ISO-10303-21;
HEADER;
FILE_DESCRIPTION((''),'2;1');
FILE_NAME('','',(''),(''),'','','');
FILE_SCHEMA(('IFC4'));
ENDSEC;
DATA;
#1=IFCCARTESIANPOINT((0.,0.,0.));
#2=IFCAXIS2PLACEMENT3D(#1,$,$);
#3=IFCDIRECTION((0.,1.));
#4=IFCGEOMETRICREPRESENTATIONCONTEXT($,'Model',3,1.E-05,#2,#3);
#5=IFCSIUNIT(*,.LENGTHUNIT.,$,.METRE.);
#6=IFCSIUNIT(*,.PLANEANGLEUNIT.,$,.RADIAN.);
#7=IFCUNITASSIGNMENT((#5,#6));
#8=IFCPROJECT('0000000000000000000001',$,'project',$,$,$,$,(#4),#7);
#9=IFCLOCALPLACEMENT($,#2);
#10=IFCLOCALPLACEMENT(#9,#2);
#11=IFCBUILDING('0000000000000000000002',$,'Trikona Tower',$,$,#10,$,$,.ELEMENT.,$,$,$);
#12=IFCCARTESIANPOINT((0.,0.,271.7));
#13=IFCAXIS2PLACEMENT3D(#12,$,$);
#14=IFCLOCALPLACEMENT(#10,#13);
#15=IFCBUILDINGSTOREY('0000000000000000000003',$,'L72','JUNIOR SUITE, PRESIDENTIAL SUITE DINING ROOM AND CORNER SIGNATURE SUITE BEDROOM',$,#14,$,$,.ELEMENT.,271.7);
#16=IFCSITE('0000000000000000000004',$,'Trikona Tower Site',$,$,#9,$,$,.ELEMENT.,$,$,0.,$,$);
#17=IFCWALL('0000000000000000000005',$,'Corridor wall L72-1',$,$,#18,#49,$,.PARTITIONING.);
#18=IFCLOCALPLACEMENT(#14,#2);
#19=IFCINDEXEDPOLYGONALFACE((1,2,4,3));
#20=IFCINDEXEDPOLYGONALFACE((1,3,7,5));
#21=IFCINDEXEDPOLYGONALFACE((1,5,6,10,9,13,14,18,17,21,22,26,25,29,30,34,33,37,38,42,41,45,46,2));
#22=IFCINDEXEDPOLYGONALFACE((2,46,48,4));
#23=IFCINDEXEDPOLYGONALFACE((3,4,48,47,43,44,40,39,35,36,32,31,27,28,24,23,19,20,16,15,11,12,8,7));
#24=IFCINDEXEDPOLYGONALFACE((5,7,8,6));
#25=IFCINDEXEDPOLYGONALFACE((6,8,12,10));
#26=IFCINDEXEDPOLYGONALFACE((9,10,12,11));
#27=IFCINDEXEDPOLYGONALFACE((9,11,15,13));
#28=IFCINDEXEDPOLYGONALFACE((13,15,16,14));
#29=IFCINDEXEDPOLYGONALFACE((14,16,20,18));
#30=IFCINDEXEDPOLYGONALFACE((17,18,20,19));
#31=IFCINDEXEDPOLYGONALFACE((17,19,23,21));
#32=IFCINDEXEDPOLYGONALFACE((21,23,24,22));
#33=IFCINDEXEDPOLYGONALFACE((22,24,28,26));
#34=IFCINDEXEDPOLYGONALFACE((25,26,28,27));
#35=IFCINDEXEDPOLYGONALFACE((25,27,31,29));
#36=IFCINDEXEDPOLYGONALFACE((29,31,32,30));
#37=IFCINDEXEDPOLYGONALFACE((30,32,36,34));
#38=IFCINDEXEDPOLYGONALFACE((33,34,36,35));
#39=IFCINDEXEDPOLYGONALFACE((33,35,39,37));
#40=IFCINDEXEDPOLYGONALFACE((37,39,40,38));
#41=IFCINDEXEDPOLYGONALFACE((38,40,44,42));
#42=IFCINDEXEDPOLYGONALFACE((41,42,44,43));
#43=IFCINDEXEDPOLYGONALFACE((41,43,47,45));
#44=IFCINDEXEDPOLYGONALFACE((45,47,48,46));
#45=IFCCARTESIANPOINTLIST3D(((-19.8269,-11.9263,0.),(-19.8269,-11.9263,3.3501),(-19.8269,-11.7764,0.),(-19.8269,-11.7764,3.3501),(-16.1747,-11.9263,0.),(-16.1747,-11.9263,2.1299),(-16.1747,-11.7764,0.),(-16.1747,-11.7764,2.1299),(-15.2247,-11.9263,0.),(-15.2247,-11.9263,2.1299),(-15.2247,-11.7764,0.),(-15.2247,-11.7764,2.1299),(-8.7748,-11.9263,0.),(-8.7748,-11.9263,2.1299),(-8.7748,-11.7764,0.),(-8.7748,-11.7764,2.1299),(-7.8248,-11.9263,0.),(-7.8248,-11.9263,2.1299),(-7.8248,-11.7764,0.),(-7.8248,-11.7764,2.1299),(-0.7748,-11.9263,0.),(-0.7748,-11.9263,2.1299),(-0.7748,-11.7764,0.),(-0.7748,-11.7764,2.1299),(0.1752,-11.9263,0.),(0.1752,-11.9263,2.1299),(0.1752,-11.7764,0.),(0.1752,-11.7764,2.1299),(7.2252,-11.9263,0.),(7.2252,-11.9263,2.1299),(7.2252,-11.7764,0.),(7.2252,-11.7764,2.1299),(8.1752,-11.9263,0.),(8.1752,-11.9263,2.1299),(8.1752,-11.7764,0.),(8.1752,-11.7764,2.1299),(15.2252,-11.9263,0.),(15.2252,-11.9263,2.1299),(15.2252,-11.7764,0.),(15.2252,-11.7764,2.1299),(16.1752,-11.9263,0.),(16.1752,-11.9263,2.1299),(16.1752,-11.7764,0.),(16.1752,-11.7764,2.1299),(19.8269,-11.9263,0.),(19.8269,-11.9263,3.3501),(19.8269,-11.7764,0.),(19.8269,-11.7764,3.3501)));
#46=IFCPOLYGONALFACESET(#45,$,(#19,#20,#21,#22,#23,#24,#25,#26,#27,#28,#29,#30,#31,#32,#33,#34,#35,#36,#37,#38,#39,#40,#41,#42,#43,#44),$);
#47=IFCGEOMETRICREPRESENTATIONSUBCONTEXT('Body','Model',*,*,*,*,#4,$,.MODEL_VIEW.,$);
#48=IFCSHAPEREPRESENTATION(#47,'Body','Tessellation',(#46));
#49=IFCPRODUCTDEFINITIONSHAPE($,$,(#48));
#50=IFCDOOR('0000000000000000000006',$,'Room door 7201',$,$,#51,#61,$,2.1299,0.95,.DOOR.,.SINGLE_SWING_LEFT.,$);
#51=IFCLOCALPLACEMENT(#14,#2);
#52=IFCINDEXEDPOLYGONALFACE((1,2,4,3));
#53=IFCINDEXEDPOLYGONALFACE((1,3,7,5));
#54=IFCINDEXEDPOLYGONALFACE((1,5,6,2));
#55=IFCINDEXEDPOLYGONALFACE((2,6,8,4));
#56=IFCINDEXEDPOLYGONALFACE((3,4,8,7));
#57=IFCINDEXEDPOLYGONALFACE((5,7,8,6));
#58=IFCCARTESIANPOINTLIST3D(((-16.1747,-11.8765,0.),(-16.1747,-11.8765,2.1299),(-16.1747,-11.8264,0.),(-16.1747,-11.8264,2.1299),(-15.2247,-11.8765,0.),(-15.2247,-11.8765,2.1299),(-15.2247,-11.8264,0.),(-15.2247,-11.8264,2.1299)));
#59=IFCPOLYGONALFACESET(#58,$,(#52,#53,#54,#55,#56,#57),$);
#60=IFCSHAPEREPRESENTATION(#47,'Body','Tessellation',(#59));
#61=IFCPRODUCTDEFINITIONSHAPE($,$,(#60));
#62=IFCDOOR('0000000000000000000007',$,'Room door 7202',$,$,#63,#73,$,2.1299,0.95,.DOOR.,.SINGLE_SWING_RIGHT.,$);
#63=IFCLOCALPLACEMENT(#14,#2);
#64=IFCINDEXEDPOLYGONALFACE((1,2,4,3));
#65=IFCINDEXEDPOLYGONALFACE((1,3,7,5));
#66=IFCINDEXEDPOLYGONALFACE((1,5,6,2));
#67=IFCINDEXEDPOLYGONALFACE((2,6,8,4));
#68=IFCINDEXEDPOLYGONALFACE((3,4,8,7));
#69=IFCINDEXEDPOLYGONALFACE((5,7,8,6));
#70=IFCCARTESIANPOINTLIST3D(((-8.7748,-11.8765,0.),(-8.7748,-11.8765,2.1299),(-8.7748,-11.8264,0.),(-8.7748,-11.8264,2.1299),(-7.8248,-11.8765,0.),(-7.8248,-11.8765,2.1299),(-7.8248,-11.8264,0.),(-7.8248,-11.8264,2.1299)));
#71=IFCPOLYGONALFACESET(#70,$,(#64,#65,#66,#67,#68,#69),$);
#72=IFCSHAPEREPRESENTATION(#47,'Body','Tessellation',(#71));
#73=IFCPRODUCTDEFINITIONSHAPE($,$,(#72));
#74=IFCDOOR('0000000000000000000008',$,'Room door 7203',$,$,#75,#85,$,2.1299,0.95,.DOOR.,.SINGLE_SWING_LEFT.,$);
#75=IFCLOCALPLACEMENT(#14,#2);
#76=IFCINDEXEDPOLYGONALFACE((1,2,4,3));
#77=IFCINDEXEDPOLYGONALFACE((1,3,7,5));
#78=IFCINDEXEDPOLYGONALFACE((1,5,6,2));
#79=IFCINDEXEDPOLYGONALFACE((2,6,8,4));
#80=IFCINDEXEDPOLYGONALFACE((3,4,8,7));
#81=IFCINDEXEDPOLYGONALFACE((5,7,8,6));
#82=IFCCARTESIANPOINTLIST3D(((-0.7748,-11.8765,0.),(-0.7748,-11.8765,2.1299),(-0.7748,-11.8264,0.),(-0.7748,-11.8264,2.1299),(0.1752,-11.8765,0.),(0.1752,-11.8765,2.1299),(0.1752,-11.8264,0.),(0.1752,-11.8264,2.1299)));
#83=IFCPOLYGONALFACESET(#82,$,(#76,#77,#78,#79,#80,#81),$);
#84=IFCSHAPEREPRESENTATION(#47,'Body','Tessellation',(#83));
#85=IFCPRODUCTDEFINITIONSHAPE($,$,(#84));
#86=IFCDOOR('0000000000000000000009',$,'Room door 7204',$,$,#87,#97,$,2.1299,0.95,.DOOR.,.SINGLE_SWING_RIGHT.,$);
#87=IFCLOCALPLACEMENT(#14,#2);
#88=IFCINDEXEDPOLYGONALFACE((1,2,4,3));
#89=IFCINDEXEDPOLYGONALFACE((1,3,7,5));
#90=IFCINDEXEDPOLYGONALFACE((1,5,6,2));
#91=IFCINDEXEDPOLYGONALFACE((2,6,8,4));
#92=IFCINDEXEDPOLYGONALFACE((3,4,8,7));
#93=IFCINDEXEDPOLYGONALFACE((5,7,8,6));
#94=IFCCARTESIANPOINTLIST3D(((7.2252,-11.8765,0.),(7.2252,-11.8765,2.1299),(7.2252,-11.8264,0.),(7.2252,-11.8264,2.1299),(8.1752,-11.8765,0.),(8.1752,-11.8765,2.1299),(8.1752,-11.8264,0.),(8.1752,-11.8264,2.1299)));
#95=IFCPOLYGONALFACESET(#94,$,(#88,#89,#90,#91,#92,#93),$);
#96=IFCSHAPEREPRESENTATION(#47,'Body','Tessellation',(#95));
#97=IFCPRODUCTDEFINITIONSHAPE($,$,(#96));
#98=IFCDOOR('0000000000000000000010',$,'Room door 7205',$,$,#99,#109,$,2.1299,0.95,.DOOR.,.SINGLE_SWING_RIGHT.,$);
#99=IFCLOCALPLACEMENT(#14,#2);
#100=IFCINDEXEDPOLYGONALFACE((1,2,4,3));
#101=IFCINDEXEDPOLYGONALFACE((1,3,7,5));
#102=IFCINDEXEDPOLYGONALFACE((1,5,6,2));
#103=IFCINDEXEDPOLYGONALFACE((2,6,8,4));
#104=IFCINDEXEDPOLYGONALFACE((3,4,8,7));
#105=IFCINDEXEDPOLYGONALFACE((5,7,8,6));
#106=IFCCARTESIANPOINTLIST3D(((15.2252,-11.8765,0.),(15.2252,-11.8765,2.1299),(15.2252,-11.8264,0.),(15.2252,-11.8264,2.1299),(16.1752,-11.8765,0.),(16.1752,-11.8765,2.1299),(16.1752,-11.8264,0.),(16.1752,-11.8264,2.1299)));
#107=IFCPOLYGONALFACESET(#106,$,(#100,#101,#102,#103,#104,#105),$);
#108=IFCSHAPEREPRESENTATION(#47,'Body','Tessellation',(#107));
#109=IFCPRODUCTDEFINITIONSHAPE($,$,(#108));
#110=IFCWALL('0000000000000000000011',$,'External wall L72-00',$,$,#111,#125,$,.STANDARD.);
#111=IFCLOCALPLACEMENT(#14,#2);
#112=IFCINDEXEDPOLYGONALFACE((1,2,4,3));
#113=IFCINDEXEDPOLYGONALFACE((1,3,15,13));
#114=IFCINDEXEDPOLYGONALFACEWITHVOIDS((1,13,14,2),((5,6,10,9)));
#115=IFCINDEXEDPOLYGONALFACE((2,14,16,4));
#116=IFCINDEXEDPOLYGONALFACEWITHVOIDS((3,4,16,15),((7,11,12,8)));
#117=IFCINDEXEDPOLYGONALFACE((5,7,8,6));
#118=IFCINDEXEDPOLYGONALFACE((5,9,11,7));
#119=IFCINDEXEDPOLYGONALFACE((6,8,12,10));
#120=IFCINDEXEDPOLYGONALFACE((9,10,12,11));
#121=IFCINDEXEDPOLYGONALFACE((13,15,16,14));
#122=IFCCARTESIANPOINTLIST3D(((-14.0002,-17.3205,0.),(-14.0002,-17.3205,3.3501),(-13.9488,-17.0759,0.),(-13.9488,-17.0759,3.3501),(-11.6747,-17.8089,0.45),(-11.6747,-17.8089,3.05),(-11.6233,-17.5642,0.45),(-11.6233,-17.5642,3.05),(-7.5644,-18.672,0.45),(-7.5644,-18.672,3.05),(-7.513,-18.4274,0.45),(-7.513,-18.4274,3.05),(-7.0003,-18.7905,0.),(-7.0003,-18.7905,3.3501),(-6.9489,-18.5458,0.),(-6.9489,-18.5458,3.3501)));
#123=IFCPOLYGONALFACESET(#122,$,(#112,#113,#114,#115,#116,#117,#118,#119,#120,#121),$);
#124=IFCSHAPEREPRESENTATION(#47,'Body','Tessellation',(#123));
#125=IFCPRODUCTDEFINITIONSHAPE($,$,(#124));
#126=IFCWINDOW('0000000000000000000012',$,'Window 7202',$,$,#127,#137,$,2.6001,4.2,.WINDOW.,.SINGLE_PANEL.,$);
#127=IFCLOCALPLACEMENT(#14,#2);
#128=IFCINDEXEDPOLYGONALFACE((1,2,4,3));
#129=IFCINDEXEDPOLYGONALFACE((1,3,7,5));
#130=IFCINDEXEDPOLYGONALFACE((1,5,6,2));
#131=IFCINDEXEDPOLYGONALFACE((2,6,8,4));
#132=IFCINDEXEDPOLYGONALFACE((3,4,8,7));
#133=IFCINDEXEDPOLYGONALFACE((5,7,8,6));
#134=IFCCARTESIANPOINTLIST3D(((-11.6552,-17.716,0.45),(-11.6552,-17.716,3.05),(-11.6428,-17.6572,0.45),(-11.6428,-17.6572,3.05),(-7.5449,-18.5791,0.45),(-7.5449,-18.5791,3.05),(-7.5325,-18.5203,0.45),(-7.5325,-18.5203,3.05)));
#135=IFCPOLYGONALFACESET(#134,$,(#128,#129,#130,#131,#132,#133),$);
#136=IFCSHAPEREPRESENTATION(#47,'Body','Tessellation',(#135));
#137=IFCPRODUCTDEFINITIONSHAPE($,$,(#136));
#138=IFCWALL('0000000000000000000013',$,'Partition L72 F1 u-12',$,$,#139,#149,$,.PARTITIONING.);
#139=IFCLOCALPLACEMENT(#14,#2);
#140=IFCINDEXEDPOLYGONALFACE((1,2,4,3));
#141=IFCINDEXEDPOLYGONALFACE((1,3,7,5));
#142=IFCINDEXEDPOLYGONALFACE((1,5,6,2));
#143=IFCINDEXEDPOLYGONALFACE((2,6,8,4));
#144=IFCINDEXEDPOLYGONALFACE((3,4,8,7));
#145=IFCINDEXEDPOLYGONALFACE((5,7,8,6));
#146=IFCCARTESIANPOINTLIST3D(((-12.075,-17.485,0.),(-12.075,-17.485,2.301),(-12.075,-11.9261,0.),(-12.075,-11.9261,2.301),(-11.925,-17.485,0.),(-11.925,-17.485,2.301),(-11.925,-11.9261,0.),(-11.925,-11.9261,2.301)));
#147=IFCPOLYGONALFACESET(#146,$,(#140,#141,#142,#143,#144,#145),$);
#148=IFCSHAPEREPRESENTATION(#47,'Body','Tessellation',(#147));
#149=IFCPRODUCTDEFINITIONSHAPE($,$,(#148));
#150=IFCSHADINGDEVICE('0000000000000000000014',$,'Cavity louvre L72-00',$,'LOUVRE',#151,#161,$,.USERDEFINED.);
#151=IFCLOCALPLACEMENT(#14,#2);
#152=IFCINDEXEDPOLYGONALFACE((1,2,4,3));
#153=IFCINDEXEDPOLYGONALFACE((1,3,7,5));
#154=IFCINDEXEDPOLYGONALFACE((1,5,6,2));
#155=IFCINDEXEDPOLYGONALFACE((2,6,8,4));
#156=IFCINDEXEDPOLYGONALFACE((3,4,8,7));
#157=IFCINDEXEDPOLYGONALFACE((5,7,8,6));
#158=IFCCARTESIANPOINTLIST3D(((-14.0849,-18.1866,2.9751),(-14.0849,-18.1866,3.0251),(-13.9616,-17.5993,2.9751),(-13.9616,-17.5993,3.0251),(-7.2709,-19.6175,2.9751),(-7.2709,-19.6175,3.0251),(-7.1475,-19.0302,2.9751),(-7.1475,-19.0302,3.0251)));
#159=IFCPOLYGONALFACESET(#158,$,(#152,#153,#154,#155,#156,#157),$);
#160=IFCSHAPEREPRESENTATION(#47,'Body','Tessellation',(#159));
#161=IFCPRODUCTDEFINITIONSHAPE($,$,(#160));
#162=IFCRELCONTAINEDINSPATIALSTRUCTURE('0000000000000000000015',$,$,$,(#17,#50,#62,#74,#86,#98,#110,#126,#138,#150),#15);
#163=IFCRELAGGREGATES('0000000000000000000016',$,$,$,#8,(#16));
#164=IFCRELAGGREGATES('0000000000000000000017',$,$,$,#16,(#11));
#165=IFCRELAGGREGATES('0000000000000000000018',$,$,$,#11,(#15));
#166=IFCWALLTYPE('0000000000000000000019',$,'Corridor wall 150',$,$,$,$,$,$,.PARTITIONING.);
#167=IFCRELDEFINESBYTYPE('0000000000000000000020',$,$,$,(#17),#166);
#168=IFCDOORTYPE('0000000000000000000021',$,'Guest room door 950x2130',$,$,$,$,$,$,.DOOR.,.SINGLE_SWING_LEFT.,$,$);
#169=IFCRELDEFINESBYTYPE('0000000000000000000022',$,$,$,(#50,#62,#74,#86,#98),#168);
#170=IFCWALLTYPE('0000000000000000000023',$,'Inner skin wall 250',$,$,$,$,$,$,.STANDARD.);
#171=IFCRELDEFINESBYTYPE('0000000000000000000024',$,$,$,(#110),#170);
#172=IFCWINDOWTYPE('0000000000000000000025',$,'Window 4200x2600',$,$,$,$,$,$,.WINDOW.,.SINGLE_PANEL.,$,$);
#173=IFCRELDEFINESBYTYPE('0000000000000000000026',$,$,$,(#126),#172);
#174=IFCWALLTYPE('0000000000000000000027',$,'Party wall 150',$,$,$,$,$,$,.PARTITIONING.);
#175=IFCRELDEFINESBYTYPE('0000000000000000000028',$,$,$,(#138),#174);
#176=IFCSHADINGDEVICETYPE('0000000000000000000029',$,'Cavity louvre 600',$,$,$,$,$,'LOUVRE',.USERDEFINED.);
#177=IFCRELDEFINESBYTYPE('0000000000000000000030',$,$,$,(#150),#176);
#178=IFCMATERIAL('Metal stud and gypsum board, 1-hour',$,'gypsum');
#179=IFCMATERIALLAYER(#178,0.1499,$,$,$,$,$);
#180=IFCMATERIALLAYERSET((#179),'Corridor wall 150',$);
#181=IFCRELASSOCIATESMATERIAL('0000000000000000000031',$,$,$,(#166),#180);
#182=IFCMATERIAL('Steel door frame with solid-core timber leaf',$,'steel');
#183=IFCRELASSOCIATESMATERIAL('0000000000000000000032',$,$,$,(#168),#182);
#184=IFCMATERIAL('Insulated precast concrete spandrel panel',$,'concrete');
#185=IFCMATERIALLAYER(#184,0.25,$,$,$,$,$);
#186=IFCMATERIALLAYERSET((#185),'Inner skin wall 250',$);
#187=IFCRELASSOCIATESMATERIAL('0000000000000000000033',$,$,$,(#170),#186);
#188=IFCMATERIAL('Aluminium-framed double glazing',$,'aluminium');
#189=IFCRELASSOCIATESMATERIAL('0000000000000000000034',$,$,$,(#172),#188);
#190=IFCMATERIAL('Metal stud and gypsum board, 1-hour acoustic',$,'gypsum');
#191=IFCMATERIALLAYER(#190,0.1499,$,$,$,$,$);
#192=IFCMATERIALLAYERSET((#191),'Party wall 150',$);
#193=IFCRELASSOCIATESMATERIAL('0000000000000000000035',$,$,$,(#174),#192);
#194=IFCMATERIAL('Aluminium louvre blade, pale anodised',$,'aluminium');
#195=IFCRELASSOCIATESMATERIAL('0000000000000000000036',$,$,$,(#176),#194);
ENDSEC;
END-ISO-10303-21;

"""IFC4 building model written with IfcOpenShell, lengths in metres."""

from ifc_helpers import new_model, si_unit, direction, frame, frame_2d, origin, origin_2d, place, context, subcontext, project, spatial, rectangle, extrude, material, layer, layer_set, type_object, element, fill, save


model = new_model("IFC4")

# Units and contexts
model_context = context("Model", 3, precision=1e-05, world=origin(), true_north=direction((0.0, 1.0)))
body_context = subcontext(model_context, "Body", "Model", "MODEL_VIEW")
ifc_project = project(units=[si_unit("LENGTHUNIT", "METRE"), si_unit("PLANEANGLEUNIT", "RADIAN")], contexts=[model_context])

# Site, building, storey
site_placement = place(None, origin())
site = spatial("IfcSite", under=ifc_project, at=site_placement, Name="Trikona Tower Site", CompositionType="ELEMENT", RefElevation=0.0)
building_placement = place(site_placement, origin())
building = spatial("IfcBuilding", under=site, at=building_placement, Name="Trikona Tower", CompositionType="ELEMENT")
storey_placement = place(building_placement, frame((0.0, 0.0, 271.7)))
storey = spatial("IfcBuildingStorey", under=building, at=storey_placement, Name="L72", Description="JUNIOR SUITE, PRESIDENTIAL SUITE DINING ROOM AND CORNER SIGNATURE SUITE BEDROOM", CompositionType="ELEMENT", Elevation=271.7)

# Wall, openings, doors
ifc_material_1 = material(Name="Metal stud and gypsum board, 1-hour", Category="gypsum")
ifc_layer_1 = layer(ifc_material_1, 0.1499)
ifc_layer_set_1 = layer_set([ifc_layer_1], Name="Corridor wall 150")
wall_type_1 = type_object("IfcWallType", Name="Corridor wall 150", PredefinedType="PARTITIONING", material=ifc_layer_set_1)
wall_1_placement = place(storey_placement, frame((-19.8269, -11.8513, 0.0), z_axis=(0.0, 0.0, 1.0), x_axis=(1.0, 0.0, 0.0)))
wall_1 = element("IfcWall", 1, at=wall_1_placement, inside=storey, type_object=wall_type_1, Name="Corridor wall L72-1", PredefinedType="PARTITIONING", context=body_context, shape_type="SweptSolid", body=[
    extrude(rectangle(XDim=39.6538, YDim=0.1499, at=frame_2d((19.8269, 0.0))), origin(), (0.0, 0.0, 1.0), 3.3501),
])
opening_1_placement = place(wall_1_placement, frame((3.6521, 0.0, 0.0)))
opening_1 = element("IfcOpeningElement", 2, at=opening_1_placement, cuts=wall_1, PredefinedType="OPENING", context=body_context, shape_type="SweptSolid", body=[
    extrude(rectangle(XDim=0.95, YDim=2.1299, at=frame_2d((0.4751, 1.0649))), frame((0.0, 0.085, 0.0), z_axis=(0.0, -1.0, 0.0), x_axis=(1.0, 0.0, 0.0)), (0.0, 0.0, 1.0), 0.1699),
])
opening_2_placement = place(wall_1_placement, frame((11.052, 0.0, 0.0)))
opening_2 = element("IfcOpeningElement", 3, at=opening_2_placement, cuts=wall_1, PredefinedType="OPENING", context=body_context, shape_type="SweptSolid", body=[
    extrude(rectangle(XDim=0.95, YDim=2.1299, at=frame_2d((0.4751, 1.0649))), frame((0.0, 0.085, 0.0), z_axis=(0.0, -1.0, 0.0), x_axis=(1.0, 0.0, 0.0)), (0.0, 0.0, 1.0), 0.1699),
])
opening_3_placement = place(wall_1_placement, frame((19.052, 0.0, 0.0)))
opening_3 = element("IfcOpeningElement", 4, at=opening_3_placement, cuts=wall_1, PredefinedType="OPENING", context=body_context, shape_type="SweptSolid", body=[
    extrude(rectangle(XDim=0.95, YDim=2.1299, at=frame_2d((0.4751, 1.0649))), frame((0.0, 0.085, 0.0), z_axis=(0.0, -1.0, 0.0), x_axis=(1.0, 0.0, 0.0)), (0.0, 0.0, 1.0), 0.1699),
])
opening_4_placement = place(wall_1_placement, frame((27.052, 0.0, 0.0)))
opening_4 = element("IfcOpeningElement", 5, at=opening_4_placement, cuts=wall_1, PredefinedType="OPENING", context=body_context, shape_type="SweptSolid", body=[
    extrude(rectangle(XDim=0.95, YDim=2.1299, at=frame_2d((0.4751, 1.0649))), frame((0.0, 0.085, 0.0), z_axis=(0.0, -1.0, 0.0), x_axis=(1.0, 0.0, 0.0)), (0.0, 0.0, 1.0), 0.1699),
])
opening_5_placement = place(wall_1_placement, frame((35.052, 0.0, 0.0)))
opening_5 = element("IfcOpeningElement", 6, at=opening_5_placement, cuts=wall_1, PredefinedType="OPENING", context=body_context, shape_type="SweptSolid", body=[
    extrude(rectangle(XDim=0.95, YDim=2.1299, at=frame_2d((0.4751, 1.0649))), frame((0.0, 0.085, 0.0), z_axis=(0.0, -1.0, 0.0), x_axis=(1.0, 0.0, 0.0)), (0.0, 0.0, 1.0), 0.1699),
])
ifc_material_2 = material(Name="Steel door frame with solid-core timber leaf", Category="steel")
door_type_1 = type_object("IfcDoorType", Name="Guest room door 950x2130", OperationType="SINGLE_SWING_LEFT", PredefinedType="DOOR", material=ifc_material_2)
door_1_placement = place(opening_1_placement, origin())
door_1 = element("IfcDoor", 7, at=door_1_placement, inside=storey, type_object=door_type_1, Name="Room door 7201", OperationType="SINGLE_SWING_LEFT", OverallHeight=2.1299, OverallWidth=0.95, PredefinedType="DOOR", context=body_context, shape_type="SweptSolid", body=[
    extrude(rectangle(XDim=0.95, YDim=2.1299, at=frame_2d((0.4751, 1.0649))), frame((0.0, 0.0249, 0.0), z_axis=(0.0, -1.0, 0.0), x_axis=(1.0, 0.0, 0.0)), (0.0, 0.0, 1.0), 0.05),
])
fill(opening_1, door_1)
door_2_placement = place(opening_2_placement, origin())
door_2 = element("IfcDoor", 8, at=door_2_placement, inside=storey, type_object=door_type_1, Name="Room door 7202", OperationType="SINGLE_SWING_RIGHT", OverallHeight=2.1299, OverallWidth=0.95, PredefinedType="DOOR", context=body_context, shape_type="SweptSolid", body=[
    extrude(rectangle(XDim=0.95, YDim=2.1299, at=frame_2d((0.4751, 1.0649))), frame((0.0, 0.0249, 0.0), z_axis=(0.0, -1.0, 0.0), x_axis=(1.0, 0.0, 0.0)), (0.0, 0.0, 1.0), 0.05),
])
fill(opening_2, door_2)
door_3_placement = place(opening_3_placement, origin())
door_3 = element("IfcDoor", 9, at=door_3_placement, inside=storey, type_object=door_type_1, Name="Room door 7203", OperationType="SINGLE_SWING_LEFT", OverallHeight=2.1299, OverallWidth=0.95, PredefinedType="DOOR", context=body_context, shape_type="SweptSolid", body=[
    extrude(rectangle(XDim=0.95, YDim=2.1299, at=frame_2d((0.4751, 1.0649))), frame((0.0, 0.0249, 0.0), z_axis=(0.0, -1.0, 0.0), x_axis=(1.0, 0.0, 0.0)), (0.0, 0.0, 1.0), 0.05),
])
fill(opening_3, door_3)
door_4_placement = place(opening_4_placement, origin())
door_4 = element("IfcDoor", 10, at=door_4_placement, inside=storey, type_object=door_type_1, Name="Room door 7204", OperationType="SINGLE_SWING_RIGHT", OverallHeight=2.1299, OverallWidth=0.95, PredefinedType="DOOR", context=body_context, shape_type="SweptSolid", body=[
    extrude(rectangle(XDim=0.95, YDim=2.1299, at=frame_2d((0.4751, 1.0649))), frame((0.0, 0.0249, 0.0), z_axis=(0.0, -1.0, 0.0), x_axis=(1.0, 0.0, 0.0)), (0.0, 0.0, 1.0), 0.05),
])
fill(opening_4, door_4)
door_5_placement = place(opening_5_placement, origin())
door_5 = element("IfcDoor", 11, at=door_5_placement, inside=storey, type_object=door_type_1, Name="Room door 7205", OperationType="SINGLE_SWING_RIGHT", OverallHeight=2.1299, OverallWidth=0.95, PredefinedType="DOOR", context=body_context, shape_type="SweptSolid", body=[
    extrude(rectangle(XDim=0.95, YDim=2.1299, at=frame_2d((0.4751, 1.0649))), frame((0.0, 0.0249, 0.0), z_axis=(0.0, -1.0, 0.0), x_axis=(1.0, 0.0, 0.0)), (0.0, 0.0, 1.0), 0.05),
])
fill(opening_5, door_5)

# Wall, opening, window
ifc_material_3 = material(Name="Insulated precast concrete spandrel panel", Category="concrete")
ifc_layer_2 = layer(ifc_material_3, 0.25)
ifc_layer_set_2 = layer_set([ifc_layer_2], Name="Inner skin wall 250")
wall_type_2 = type_object("IfcWallType", Name="Inner skin wall 250", PredefinedType="STANDARD", material=ifc_layer_set_2)
wall_2_placement = place(storey_placement, frame((-13.9744, -17.1982, 0.0), z_axis=(0.0, 0.0, 1.0), x_axis=(0.978654, -0.205513, 0.0)))
wall_2 = element("IfcWall", 12, at=wall_2_placement, inside=storey, type_object=wall_type_2, Name="External wall L72-00", PredefinedType="STANDARD", context=body_context, shape_type="SweptSolid", body=[
    extrude(rectangle(XDim=7.1526, YDim=0.25, at=frame_2d((3.5762, 0.0))), origin(), (0.0, 0.0, 1.0), 3.3501),
])
opening_6_placement = place(wall_2_placement, frame((2.376, 0.0, 0.45)))
opening_6 = element("IfcOpeningElement", 13, at=opening_6_placement, cuts=wall_2, PredefinedType="OPENING", context=body_context, shape_type="SweptSolid", body=[
    extrude(rectangle(XDim=4.2, YDim=2.6001, at=frame_2d((2.1001, 1.3))), frame((0.0, 0.135, 0.0), z_axis=(0.0, -1.0, 0.0), x_axis=(1.0, 0.0, 0.0)), (0.0, 0.0, 1.0), 0.27),
])
ifc_material_4 = material(Name="Aluminium-framed double glazing", Category="aluminium")
window_type_1 = type_object("IfcWindowType", Name="Window 4200x2600", PartitioningType="SINGLE_PANEL", PredefinedType="WINDOW", material=ifc_material_4)
window_1_placement = place(opening_6_placement, origin())
window_1 = element("IfcWindow", 14, at=window_1_placement, inside=storey, type_object=window_type_1, Name="Window 7202", OverallHeight=2.6001, OverallWidth=4.2, PartitioningType="SINGLE_PANEL", PredefinedType="WINDOW", context=body_context, shape_type="SweptSolid", body=[
    extrude(rectangle(XDim=4.2, YDim=2.6001, at=frame_2d((2.1001, 1.3))), frame((0.0, 0.03, 0.0), z_axis=(0.0, -1.0, 0.0), x_axis=(1.0, 0.0, 0.0)), (0.0, 0.0, 1.0), 0.0601),
])
fill(opening_6, window_1)

# Wall
ifc_material_5 = material(Name="Metal stud and gypsum board, 1-hour acoustic", Category="gypsum")
ifc_layer_3 = layer(ifc_material_5, 0.1499)
ifc_layer_set_3 = layer_set([ifc_layer_3], Name="Party wall 150")
wall_type_3 = type_object("IfcWallType", Name="Party wall 150", PredefinedType="PARTITIONING", material=ifc_layer_set_3)
wall_3_placement = place(storey_placement, frame((-12.0, -11.9263, 0.0), z_axis=(0.0, 0.0, 1.0), x_axis=(0.0, -1.0, 0.0)))
element("IfcWall", 15, at=wall_3_placement, inside=storey, type_object=wall_type_3, Name="Partition L72 F1 u-12", PredefinedType="PARTITIONING", context=body_context, shape_type="SweptSolid", body=[
    extrude(rectangle(XDim=5.5588, YDim=0.1499, at=frame_2d((2.7793, 0.0))), origin(), (0.0, 0.0, 1.0), 2.301),
])

# Shading device
ifc_material_6 = material(Name="Aluminium louvre blade, pale anodised", Category="aluminium")
shading_device_type = type_object("IfcShadingDeviceType", Name="Cavity louvre 600", ElementType="LOUVRE", PredefinedType="USERDEFINED", material=ifc_material_6)
shading_device_placement = place(storey_placement, frame((-10.6162, -18.6084, 2.9751), z_axis=(0.0, 0.0, 1.0), x_axis=(0.978653, -0.205518, 0.0)))
element("IfcShadingDevice", 16, at=shading_device_placement, inside=storey, type_object=shading_device_type, Name="Cavity louvre L72-00", ObjectType="LOUVRE", PredefinedType="USERDEFINED", context=body_context, shape_type="SweptSolid", body=[
    extrude(rectangle(XDim=6.9626, YDim=0.6001, at=origin_2d()), origin(), (0.0, 0.0, 1.0), 0.05),
])

save(model, "model.ifc")
